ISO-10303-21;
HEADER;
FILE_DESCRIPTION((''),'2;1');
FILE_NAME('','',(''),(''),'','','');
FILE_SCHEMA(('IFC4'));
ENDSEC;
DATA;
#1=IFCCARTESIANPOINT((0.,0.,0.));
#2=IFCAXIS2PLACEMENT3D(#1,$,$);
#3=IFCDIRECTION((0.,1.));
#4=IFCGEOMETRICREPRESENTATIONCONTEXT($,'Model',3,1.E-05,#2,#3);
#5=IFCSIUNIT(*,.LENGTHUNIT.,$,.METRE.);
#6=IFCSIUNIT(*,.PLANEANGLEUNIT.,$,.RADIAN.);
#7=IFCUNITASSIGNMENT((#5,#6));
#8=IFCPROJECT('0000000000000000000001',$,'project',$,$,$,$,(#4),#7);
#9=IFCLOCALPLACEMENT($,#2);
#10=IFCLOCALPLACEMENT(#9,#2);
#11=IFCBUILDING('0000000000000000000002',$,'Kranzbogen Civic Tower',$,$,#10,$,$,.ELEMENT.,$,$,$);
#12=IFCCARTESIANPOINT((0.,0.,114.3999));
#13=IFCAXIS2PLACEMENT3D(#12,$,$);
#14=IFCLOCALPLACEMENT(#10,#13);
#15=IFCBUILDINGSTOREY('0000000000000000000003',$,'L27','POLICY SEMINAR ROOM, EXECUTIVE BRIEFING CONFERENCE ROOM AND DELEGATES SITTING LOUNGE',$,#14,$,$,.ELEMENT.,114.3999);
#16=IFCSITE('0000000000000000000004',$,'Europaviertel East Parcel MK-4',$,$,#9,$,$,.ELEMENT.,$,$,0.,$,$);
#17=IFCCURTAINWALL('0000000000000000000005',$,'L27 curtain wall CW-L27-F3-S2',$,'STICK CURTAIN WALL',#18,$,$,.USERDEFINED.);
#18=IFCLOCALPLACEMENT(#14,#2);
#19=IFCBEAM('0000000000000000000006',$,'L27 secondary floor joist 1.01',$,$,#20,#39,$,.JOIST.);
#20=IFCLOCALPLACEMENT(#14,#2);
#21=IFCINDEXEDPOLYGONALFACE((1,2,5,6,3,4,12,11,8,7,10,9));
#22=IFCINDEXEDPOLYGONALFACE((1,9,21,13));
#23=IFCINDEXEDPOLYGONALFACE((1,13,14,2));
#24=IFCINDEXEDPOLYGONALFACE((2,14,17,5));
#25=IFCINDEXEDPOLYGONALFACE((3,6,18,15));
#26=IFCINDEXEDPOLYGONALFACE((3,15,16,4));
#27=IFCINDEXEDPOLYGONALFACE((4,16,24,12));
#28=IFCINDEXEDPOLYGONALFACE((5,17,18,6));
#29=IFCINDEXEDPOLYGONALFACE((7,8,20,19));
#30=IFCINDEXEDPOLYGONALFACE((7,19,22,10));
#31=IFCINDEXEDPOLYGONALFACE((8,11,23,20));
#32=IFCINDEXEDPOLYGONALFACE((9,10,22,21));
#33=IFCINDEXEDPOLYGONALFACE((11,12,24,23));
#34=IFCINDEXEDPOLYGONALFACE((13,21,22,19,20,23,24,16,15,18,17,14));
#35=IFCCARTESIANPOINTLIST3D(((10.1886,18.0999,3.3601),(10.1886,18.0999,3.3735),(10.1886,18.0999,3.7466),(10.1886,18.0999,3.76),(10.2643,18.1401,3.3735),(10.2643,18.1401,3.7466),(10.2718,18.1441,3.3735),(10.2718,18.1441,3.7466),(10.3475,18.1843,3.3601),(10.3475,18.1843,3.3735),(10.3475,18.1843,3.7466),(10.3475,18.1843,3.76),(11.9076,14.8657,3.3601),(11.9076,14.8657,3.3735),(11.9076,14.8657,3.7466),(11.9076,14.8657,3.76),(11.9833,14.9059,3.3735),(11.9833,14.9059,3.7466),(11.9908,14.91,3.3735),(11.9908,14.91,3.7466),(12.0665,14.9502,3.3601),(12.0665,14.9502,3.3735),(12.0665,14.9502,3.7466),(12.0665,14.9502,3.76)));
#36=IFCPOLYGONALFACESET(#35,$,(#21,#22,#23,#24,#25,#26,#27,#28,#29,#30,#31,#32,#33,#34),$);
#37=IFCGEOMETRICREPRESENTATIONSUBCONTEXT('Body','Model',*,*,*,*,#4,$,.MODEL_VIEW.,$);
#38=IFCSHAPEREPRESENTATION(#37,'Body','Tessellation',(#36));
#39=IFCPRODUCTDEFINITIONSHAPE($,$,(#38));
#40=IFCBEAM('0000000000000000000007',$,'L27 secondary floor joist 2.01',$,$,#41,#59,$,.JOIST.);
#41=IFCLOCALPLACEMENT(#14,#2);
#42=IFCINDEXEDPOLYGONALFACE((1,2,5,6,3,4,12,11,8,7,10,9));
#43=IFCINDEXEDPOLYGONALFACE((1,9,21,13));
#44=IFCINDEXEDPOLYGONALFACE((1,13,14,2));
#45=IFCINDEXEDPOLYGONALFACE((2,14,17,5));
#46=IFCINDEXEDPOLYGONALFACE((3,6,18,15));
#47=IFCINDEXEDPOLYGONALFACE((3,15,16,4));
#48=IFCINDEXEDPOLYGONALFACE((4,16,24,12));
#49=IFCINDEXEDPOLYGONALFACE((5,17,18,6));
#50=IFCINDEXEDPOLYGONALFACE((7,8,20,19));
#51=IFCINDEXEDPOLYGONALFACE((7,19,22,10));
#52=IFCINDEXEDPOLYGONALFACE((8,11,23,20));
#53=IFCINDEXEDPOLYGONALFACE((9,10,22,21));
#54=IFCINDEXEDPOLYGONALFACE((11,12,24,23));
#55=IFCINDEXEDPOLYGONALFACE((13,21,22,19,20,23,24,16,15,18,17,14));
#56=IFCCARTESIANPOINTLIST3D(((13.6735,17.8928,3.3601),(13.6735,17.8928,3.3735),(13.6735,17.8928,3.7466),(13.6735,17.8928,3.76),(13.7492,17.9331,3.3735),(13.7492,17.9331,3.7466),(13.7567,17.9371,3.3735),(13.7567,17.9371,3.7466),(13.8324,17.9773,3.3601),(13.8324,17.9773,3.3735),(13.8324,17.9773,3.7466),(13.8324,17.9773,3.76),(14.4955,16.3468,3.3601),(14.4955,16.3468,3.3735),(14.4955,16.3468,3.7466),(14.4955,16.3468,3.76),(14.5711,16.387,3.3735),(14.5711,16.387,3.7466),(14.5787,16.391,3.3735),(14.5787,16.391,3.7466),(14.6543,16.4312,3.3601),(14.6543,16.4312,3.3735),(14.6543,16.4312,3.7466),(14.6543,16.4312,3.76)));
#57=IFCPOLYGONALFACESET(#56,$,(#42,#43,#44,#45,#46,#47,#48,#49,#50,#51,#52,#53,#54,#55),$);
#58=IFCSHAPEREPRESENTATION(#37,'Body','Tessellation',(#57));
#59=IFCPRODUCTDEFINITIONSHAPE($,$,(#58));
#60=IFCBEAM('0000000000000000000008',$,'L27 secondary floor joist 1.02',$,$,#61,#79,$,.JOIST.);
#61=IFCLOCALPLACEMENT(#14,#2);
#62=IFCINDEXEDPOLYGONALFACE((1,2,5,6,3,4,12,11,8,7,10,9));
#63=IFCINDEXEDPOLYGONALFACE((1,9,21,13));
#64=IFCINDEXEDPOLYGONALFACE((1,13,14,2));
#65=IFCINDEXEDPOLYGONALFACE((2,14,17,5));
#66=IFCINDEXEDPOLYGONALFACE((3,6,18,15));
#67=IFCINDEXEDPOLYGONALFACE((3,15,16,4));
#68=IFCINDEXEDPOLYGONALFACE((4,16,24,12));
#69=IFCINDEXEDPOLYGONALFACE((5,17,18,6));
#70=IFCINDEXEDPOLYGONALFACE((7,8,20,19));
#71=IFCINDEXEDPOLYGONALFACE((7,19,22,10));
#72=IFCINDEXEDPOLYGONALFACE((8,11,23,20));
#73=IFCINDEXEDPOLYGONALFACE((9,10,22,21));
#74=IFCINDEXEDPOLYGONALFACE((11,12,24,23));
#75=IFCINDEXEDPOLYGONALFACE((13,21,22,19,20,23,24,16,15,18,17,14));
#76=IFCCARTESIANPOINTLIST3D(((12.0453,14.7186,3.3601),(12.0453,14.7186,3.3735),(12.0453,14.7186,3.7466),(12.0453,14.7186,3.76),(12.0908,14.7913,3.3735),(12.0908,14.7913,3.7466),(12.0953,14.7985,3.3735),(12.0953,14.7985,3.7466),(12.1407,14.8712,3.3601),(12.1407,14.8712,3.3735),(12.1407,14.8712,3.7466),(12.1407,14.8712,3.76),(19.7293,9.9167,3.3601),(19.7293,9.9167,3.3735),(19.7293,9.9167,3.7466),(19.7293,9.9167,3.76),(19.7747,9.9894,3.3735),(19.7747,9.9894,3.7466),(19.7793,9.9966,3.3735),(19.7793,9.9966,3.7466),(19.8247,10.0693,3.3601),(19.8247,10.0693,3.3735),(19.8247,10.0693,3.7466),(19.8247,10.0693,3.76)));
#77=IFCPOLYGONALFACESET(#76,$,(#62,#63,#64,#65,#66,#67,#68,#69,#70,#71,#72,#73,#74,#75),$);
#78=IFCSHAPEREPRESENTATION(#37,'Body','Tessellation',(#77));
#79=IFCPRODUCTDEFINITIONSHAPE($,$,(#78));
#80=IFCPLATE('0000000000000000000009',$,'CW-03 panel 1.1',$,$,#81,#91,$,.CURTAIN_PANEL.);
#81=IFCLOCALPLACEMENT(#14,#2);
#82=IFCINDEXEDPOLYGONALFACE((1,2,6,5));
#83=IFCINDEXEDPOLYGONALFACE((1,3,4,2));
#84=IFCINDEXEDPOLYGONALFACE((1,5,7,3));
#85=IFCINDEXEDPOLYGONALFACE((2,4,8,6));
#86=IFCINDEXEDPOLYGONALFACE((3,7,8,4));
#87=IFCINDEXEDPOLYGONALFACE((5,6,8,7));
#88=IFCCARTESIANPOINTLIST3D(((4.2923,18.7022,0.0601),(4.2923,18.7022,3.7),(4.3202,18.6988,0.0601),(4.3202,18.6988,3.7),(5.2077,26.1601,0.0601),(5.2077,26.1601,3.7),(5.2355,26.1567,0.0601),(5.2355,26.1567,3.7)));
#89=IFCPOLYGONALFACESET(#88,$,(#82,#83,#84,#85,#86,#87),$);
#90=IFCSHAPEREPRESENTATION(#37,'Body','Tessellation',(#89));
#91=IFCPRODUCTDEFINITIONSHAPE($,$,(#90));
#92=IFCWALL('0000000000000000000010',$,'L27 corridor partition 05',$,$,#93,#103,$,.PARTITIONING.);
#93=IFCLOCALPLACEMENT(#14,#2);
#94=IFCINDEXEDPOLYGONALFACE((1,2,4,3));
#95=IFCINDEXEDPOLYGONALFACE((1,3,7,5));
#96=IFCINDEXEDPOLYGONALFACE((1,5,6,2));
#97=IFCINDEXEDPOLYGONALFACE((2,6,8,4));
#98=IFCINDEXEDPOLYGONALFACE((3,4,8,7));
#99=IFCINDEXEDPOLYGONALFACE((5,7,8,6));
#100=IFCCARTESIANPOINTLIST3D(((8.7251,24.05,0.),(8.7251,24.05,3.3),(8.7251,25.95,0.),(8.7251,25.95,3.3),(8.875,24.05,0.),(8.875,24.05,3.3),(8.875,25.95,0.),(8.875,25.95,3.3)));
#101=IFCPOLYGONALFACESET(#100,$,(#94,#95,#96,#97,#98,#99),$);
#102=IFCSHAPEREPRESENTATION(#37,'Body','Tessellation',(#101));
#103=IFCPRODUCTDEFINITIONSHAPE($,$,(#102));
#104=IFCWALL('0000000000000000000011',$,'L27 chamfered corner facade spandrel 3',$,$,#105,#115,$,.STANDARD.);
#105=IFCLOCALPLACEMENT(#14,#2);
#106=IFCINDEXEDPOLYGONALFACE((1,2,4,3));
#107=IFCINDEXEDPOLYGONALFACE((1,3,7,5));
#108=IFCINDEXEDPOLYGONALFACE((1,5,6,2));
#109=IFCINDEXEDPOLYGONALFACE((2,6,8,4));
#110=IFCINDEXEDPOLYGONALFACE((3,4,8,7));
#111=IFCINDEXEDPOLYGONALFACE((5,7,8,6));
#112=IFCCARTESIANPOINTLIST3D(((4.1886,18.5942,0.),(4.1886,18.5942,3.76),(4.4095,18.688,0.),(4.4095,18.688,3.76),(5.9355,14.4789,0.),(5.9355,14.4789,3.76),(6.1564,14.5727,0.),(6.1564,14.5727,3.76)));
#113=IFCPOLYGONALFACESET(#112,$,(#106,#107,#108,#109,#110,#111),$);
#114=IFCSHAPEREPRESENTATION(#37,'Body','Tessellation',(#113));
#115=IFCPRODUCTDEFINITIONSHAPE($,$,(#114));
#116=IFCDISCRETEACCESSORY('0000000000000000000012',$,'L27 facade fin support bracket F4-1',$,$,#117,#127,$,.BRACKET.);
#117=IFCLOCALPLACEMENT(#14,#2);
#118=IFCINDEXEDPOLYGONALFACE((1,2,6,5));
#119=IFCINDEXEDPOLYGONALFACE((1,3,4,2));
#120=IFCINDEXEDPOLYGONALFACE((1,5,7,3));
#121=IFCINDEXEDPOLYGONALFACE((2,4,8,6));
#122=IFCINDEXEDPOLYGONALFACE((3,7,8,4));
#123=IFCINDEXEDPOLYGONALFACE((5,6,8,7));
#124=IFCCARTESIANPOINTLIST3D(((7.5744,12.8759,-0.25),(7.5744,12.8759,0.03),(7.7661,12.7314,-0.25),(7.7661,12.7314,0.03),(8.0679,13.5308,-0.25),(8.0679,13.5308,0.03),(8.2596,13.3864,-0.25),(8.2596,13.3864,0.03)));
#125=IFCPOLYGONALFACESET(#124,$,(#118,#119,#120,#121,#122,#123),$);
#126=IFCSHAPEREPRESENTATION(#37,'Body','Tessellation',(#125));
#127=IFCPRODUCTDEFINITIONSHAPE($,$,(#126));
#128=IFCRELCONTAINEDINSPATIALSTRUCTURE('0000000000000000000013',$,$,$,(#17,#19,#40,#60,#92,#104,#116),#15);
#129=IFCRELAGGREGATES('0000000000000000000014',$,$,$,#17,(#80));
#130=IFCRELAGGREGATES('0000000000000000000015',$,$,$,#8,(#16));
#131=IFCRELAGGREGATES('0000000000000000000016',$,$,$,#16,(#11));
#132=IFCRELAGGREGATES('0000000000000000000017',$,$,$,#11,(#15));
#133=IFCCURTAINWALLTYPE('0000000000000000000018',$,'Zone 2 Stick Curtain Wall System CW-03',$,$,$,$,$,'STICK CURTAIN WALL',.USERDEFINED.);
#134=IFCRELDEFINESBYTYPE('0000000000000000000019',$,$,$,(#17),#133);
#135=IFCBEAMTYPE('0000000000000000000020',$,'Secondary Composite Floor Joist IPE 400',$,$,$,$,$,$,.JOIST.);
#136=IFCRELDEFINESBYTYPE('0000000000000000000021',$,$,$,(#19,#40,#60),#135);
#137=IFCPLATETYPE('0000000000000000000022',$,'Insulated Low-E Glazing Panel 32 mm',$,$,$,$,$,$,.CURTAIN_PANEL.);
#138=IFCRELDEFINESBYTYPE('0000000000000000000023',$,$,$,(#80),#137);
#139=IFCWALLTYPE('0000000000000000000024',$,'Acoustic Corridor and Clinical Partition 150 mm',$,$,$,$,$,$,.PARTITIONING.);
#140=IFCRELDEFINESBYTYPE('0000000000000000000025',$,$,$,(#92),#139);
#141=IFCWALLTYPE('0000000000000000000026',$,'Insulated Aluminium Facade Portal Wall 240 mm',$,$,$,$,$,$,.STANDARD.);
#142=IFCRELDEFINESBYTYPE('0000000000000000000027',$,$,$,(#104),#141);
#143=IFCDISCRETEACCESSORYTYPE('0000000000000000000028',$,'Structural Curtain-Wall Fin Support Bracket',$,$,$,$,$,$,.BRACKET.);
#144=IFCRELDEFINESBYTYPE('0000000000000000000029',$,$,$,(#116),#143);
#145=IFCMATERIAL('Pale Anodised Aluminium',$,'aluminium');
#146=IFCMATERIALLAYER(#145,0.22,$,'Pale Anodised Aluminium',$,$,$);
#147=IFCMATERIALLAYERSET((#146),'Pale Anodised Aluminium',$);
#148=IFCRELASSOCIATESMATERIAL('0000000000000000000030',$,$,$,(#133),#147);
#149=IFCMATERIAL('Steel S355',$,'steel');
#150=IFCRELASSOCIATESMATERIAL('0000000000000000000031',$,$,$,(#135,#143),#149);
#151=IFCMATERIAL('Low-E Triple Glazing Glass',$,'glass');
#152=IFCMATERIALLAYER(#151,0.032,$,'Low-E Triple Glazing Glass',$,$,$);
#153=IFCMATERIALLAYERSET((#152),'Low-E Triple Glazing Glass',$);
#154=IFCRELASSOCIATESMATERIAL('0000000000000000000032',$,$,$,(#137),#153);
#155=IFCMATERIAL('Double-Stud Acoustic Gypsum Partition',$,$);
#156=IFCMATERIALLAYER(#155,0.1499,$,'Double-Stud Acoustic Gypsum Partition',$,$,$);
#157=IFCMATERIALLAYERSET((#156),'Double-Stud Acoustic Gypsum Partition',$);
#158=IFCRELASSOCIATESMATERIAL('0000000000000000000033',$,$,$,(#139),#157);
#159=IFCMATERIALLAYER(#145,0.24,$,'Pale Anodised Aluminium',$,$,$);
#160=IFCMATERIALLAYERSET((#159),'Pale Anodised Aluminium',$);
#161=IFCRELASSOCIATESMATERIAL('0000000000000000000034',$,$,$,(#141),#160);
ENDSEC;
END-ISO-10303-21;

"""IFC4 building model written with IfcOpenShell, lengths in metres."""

from ifc_helpers import new_model, si_unit, direction, frame, frame_2d, origin, origin_2d, place, context, subcontext, project, spatial, rectangle, i_section, extrude, material, layer, layer_set, material_profile, profile_set, type_object, element, aggregate, save


model = new_model("IFC4")

# Units and contexts
model_context = context("Model", 3, precision=1e-05, world=origin(), true_north=direction((0.0, 1.0)))
body_context = subcontext(model_context, "Body", "Model", "MODEL_VIEW")
ifc_project = project(units=[si_unit("LENGTHUNIT", "METRE"), si_unit("PLANEANGLEUNIT", "RADIAN")], contexts=[model_context])

# Site, building, storey
site_placement = place(None, origin())
site = spatial("IfcSite", under=ifc_project, at=site_placement, Name="Europaviertel East Parcel MK-4", CompositionType="ELEMENT", RefElevation=0.0)
building_placement = place(site_placement, origin())
building = spatial("IfcBuilding", under=site, at=building_placement, Name="Kranzbogen Civic Tower", CompositionType="ELEMENT")
storey_placement = place(building_placement, frame((0.0, 0.0, 114.3999)))
storey = spatial("IfcBuildingStorey", under=building, at=storey_placement, Name="L27", Description="POLICY SEMINAR ROOM, EXECUTIVE BRIEFING CONFERENCE ROOM AND DELEGATES SITTING LOUNGE", CompositionType="ELEMENT", Elevation=114.3999)

# Curtain wall
ifc_material_1 = material(Name="Pale Anodised Aluminium", Category="aluminium")
ifc_layer_1 = layer(ifc_material_1, 0.22, Name="Pale Anodised Aluminium")
ifc_layer_set_1 = layer_set([ifc_layer_1], Name="Pale Anodised Aluminium")
curtain_wall_type = type_object("IfcCurtainWallType", Name="Zone 2 Stick Curtain Wall System CW-03", ElementType="STICK CURTAIN WALL", PredefinedType="USERDEFINED", material=ifc_layer_set_1)
curtain_wall_1_placement = place(storey_placement, origin())
curtain_wall_1 = element("IfcCurtainWall", 1, at=curtain_wall_1_placement, inside=storey, type_object=curtain_wall_type, Name="L27 curtain wall CW-L27-F3-S2", ObjectType="STICK CURTAIN WALL", PredefinedType="USERDEFINED")

# Beams
ifc_material_2 = material(Name="Steel S355", Category="steel")
ifc_material_profile_1 = material_profile(ifc_material_2, i_section(OverallWidth=0.1799, OverallDepth=0.3999, WebThickness=0.0085, FlangeThickness=0.0134, at=origin_2d()), Name="IPE 400")
ifc_profile_set_1 = profile_set([ifc_material_profile_1], Name="Steel S355")
beam_type_1 = type_object("IfcBeamType", Name="Secondary Composite Floor Joist IPE 400", PredefinedType="JOIST", material=ifc_profile_set_1)
beam_1_placement = place(storey_placement, frame((10.2681, 18.1421, 3.5601), z_axis=(0.469339, -0.883018, 0.0), x_axis=(0.883018, 0.469339, 0.0)))
element("IfcBeam", 2, at=beam_1_placement, inside=storey, type_object=beam_type_1, Name="L27 secondary floor joist 1.01", PredefinedType="JOIST", context=body_context, shape_type="SweptSolid", body=[
    extrude(i_section(OverallWidth=0.1799, OverallDepth=0.3999, WebThickness=0.0085, FlangeThickness=0.0134, at=origin_2d()), origin(), (0.0, 0.0, 1.0), 3.6626),
])
beam_2_placement = place(storey_placement, frame((13.7529, 17.9351, 3.5601), z_axis=(0.469437, -0.882966, 0.0), x_axis=(0.882966, 0.469437, 0.0)))
element("IfcBeam", 3, at=beam_2_placement, inside=storey, type_object=beam_type_1, Name="L27 secondary floor joist 2.01", PredefinedType="JOIST", context=body_context, shape_type="SweptSolid", body=[
    extrude(i_section(OverallWidth=0.1799, OverallDepth=0.3999, WebThickness=0.0085, FlangeThickness=0.0134, at=origin_2d()), origin(), (0.0, 0.0, 1.0), 1.751),
])
beam_3_placement = place(storey_placement, frame((12.093, 14.7949, 3.5601), z_axis=(0.848026, -0.529955, 0.0), x_axis=(0.529955, 0.848026, 0.0)))
element("IfcBeam", 4, at=beam_3_placement, inside=storey, type_object=beam_type_1, Name="L27 secondary floor joist 1.02", PredefinedType="JOIST", context=body_context, shape_type="SweptSolid", body=[
    extrude(i_section(OverallWidth=0.1799, OverallDepth=0.3999, WebThickness=0.0085, FlangeThickness=0.0134, at=origin_2d()), origin(), (0.0, 0.0, 1.0), 9.061),
])

# Plate
ifc_material_3 = material(Name="Low-E Triple Glazing Glass", Category="glass")
ifc_layer_2 = layer(ifc_material_3, 0.032, Name="Low-E Triple Glazing Glass")
ifc_layer_set_2 = layer_set([ifc_layer_2], Name="Low-E Triple Glazing Glass")
plate_type = type_object("IfcPlateType", Name="Insulated Low-E Glazing Panel 32 mm", PredefinedType="CURTAIN_PANEL", material=ifc_layer_set_2)
plate_placement = place(storey_placement, frame((4.7639, 22.4294, 0.0601), z_axis=(0.0, 0.0, 1.0), x_axis=(-0.121826, -0.992552, 0.0)))
plate = element("IfcPlate", 5, at=plate_placement, type_object=plate_type, Name="CW-03 panel 1.1", PredefinedType="CURTAIN_PANEL", context=body_context, shape_type="SweptSolid", body=[
    extrude(rectangle(XDim=7.5139, YDim=0.0281, at=origin_2d()), origin(), (0.0, 0.0, 1.0), 3.6399),
])
aggregate(curtain_wall_1, [plate])

# Walls
ifc_material_4 = material(Name="Double-Stud Acoustic Gypsum Partition")
ifc_layer_3 = layer(ifc_material_4, 0.1499, Name="Double-Stud Acoustic Gypsum Partition")
ifc_layer_set_3 = layer_set([ifc_layer_3], Name="Double-Stud Acoustic Gypsum Partition")
wall_type_1 = type_object("IfcWallType", Name="Acoustic Corridor and Clinical Partition 150 mm", PredefinedType="PARTITIONING", material=ifc_layer_set_3)
wall_1_placement = place(storey_placement, frame((8.8, 24.05, 0.0), z_axis=(0.0, 0.0, 1.0), x_axis=(0.0, 1.0, 0.0)))
element("IfcWall", 6, at=wall_1_placement, inside=storey, type_object=wall_type_1, Name="L27 corridor partition 05", PredefinedType="PARTITIONING", context=body_context, shape_type="SweptSolid", body=[
    extrude(rectangle(XDim=1.8999, YDim=0.1499, at=frame_2d((0.95, 0.0))), origin(), (0.0, 0.0, 1.0), 3.3),
])
ifc_layer_4 = layer(ifc_material_1, 0.24, Name="Pale Anodised Aluminium")
ifc_layer_set_4 = layer_set([ifc_layer_4], Name="Pale Anodised Aluminium")
wall_type_2 = type_object("IfcWallType", Name="Insulated Aluminium Facade Portal Wall 240 mm", PredefinedType="STANDARD", material=ifc_layer_set_4)
wall_2_placement = place(storey_placement, frame((4.2991, 18.6411, 0.0), z_axis=(0.0, 0.0, 1.0), x_axis=(0.390734, -0.920504, 0.0)))
element("IfcWall", 7, at=wall_2_placement, inside=storey, type_object=wall_type_2, Name="L27 chamfered corner facade spandrel 3", PredefinedType="STANDARD", context=body_context, shape_type="SweptSolid", body=[
    extrude(rectangle(XDim=4.4707, YDim=0.24, at=frame_2d((2.2354, 0.0))), origin(), (0.0, 0.0, 1.0), 3.76),
])

# Discrete accessory
discrete_accessory_type = type_object("IfcDiscreteAccessoryType", Name="Structural Curtain-Wall Fin Support Bracket", PredefinedType="BRACKET", material=ifc_material_2)
discrete_accessory_placement = place(storey_placement, frame((7.917, 13.1311, -0.25), z_axis=(0.0, 0.0, 1.0), x_axis=(-0.601815, -0.798636, 0.0)))
element("IfcDiscreteAccessory", 8, at=discrete_accessory_placement, inside=storey, type_object=discrete_accessory_type, Name="L27 facade fin support bracket F4-1", PredefinedType="BRACKET", context=body_context, shape_type="SweptSolid", body=[
    extrude(rectangle(XDim=0.8201, YDim=0.24, at=origin_2d()), origin(), (0.0, 0.0, 1.0), 0.28),
])

save(model, "model.ifc")
